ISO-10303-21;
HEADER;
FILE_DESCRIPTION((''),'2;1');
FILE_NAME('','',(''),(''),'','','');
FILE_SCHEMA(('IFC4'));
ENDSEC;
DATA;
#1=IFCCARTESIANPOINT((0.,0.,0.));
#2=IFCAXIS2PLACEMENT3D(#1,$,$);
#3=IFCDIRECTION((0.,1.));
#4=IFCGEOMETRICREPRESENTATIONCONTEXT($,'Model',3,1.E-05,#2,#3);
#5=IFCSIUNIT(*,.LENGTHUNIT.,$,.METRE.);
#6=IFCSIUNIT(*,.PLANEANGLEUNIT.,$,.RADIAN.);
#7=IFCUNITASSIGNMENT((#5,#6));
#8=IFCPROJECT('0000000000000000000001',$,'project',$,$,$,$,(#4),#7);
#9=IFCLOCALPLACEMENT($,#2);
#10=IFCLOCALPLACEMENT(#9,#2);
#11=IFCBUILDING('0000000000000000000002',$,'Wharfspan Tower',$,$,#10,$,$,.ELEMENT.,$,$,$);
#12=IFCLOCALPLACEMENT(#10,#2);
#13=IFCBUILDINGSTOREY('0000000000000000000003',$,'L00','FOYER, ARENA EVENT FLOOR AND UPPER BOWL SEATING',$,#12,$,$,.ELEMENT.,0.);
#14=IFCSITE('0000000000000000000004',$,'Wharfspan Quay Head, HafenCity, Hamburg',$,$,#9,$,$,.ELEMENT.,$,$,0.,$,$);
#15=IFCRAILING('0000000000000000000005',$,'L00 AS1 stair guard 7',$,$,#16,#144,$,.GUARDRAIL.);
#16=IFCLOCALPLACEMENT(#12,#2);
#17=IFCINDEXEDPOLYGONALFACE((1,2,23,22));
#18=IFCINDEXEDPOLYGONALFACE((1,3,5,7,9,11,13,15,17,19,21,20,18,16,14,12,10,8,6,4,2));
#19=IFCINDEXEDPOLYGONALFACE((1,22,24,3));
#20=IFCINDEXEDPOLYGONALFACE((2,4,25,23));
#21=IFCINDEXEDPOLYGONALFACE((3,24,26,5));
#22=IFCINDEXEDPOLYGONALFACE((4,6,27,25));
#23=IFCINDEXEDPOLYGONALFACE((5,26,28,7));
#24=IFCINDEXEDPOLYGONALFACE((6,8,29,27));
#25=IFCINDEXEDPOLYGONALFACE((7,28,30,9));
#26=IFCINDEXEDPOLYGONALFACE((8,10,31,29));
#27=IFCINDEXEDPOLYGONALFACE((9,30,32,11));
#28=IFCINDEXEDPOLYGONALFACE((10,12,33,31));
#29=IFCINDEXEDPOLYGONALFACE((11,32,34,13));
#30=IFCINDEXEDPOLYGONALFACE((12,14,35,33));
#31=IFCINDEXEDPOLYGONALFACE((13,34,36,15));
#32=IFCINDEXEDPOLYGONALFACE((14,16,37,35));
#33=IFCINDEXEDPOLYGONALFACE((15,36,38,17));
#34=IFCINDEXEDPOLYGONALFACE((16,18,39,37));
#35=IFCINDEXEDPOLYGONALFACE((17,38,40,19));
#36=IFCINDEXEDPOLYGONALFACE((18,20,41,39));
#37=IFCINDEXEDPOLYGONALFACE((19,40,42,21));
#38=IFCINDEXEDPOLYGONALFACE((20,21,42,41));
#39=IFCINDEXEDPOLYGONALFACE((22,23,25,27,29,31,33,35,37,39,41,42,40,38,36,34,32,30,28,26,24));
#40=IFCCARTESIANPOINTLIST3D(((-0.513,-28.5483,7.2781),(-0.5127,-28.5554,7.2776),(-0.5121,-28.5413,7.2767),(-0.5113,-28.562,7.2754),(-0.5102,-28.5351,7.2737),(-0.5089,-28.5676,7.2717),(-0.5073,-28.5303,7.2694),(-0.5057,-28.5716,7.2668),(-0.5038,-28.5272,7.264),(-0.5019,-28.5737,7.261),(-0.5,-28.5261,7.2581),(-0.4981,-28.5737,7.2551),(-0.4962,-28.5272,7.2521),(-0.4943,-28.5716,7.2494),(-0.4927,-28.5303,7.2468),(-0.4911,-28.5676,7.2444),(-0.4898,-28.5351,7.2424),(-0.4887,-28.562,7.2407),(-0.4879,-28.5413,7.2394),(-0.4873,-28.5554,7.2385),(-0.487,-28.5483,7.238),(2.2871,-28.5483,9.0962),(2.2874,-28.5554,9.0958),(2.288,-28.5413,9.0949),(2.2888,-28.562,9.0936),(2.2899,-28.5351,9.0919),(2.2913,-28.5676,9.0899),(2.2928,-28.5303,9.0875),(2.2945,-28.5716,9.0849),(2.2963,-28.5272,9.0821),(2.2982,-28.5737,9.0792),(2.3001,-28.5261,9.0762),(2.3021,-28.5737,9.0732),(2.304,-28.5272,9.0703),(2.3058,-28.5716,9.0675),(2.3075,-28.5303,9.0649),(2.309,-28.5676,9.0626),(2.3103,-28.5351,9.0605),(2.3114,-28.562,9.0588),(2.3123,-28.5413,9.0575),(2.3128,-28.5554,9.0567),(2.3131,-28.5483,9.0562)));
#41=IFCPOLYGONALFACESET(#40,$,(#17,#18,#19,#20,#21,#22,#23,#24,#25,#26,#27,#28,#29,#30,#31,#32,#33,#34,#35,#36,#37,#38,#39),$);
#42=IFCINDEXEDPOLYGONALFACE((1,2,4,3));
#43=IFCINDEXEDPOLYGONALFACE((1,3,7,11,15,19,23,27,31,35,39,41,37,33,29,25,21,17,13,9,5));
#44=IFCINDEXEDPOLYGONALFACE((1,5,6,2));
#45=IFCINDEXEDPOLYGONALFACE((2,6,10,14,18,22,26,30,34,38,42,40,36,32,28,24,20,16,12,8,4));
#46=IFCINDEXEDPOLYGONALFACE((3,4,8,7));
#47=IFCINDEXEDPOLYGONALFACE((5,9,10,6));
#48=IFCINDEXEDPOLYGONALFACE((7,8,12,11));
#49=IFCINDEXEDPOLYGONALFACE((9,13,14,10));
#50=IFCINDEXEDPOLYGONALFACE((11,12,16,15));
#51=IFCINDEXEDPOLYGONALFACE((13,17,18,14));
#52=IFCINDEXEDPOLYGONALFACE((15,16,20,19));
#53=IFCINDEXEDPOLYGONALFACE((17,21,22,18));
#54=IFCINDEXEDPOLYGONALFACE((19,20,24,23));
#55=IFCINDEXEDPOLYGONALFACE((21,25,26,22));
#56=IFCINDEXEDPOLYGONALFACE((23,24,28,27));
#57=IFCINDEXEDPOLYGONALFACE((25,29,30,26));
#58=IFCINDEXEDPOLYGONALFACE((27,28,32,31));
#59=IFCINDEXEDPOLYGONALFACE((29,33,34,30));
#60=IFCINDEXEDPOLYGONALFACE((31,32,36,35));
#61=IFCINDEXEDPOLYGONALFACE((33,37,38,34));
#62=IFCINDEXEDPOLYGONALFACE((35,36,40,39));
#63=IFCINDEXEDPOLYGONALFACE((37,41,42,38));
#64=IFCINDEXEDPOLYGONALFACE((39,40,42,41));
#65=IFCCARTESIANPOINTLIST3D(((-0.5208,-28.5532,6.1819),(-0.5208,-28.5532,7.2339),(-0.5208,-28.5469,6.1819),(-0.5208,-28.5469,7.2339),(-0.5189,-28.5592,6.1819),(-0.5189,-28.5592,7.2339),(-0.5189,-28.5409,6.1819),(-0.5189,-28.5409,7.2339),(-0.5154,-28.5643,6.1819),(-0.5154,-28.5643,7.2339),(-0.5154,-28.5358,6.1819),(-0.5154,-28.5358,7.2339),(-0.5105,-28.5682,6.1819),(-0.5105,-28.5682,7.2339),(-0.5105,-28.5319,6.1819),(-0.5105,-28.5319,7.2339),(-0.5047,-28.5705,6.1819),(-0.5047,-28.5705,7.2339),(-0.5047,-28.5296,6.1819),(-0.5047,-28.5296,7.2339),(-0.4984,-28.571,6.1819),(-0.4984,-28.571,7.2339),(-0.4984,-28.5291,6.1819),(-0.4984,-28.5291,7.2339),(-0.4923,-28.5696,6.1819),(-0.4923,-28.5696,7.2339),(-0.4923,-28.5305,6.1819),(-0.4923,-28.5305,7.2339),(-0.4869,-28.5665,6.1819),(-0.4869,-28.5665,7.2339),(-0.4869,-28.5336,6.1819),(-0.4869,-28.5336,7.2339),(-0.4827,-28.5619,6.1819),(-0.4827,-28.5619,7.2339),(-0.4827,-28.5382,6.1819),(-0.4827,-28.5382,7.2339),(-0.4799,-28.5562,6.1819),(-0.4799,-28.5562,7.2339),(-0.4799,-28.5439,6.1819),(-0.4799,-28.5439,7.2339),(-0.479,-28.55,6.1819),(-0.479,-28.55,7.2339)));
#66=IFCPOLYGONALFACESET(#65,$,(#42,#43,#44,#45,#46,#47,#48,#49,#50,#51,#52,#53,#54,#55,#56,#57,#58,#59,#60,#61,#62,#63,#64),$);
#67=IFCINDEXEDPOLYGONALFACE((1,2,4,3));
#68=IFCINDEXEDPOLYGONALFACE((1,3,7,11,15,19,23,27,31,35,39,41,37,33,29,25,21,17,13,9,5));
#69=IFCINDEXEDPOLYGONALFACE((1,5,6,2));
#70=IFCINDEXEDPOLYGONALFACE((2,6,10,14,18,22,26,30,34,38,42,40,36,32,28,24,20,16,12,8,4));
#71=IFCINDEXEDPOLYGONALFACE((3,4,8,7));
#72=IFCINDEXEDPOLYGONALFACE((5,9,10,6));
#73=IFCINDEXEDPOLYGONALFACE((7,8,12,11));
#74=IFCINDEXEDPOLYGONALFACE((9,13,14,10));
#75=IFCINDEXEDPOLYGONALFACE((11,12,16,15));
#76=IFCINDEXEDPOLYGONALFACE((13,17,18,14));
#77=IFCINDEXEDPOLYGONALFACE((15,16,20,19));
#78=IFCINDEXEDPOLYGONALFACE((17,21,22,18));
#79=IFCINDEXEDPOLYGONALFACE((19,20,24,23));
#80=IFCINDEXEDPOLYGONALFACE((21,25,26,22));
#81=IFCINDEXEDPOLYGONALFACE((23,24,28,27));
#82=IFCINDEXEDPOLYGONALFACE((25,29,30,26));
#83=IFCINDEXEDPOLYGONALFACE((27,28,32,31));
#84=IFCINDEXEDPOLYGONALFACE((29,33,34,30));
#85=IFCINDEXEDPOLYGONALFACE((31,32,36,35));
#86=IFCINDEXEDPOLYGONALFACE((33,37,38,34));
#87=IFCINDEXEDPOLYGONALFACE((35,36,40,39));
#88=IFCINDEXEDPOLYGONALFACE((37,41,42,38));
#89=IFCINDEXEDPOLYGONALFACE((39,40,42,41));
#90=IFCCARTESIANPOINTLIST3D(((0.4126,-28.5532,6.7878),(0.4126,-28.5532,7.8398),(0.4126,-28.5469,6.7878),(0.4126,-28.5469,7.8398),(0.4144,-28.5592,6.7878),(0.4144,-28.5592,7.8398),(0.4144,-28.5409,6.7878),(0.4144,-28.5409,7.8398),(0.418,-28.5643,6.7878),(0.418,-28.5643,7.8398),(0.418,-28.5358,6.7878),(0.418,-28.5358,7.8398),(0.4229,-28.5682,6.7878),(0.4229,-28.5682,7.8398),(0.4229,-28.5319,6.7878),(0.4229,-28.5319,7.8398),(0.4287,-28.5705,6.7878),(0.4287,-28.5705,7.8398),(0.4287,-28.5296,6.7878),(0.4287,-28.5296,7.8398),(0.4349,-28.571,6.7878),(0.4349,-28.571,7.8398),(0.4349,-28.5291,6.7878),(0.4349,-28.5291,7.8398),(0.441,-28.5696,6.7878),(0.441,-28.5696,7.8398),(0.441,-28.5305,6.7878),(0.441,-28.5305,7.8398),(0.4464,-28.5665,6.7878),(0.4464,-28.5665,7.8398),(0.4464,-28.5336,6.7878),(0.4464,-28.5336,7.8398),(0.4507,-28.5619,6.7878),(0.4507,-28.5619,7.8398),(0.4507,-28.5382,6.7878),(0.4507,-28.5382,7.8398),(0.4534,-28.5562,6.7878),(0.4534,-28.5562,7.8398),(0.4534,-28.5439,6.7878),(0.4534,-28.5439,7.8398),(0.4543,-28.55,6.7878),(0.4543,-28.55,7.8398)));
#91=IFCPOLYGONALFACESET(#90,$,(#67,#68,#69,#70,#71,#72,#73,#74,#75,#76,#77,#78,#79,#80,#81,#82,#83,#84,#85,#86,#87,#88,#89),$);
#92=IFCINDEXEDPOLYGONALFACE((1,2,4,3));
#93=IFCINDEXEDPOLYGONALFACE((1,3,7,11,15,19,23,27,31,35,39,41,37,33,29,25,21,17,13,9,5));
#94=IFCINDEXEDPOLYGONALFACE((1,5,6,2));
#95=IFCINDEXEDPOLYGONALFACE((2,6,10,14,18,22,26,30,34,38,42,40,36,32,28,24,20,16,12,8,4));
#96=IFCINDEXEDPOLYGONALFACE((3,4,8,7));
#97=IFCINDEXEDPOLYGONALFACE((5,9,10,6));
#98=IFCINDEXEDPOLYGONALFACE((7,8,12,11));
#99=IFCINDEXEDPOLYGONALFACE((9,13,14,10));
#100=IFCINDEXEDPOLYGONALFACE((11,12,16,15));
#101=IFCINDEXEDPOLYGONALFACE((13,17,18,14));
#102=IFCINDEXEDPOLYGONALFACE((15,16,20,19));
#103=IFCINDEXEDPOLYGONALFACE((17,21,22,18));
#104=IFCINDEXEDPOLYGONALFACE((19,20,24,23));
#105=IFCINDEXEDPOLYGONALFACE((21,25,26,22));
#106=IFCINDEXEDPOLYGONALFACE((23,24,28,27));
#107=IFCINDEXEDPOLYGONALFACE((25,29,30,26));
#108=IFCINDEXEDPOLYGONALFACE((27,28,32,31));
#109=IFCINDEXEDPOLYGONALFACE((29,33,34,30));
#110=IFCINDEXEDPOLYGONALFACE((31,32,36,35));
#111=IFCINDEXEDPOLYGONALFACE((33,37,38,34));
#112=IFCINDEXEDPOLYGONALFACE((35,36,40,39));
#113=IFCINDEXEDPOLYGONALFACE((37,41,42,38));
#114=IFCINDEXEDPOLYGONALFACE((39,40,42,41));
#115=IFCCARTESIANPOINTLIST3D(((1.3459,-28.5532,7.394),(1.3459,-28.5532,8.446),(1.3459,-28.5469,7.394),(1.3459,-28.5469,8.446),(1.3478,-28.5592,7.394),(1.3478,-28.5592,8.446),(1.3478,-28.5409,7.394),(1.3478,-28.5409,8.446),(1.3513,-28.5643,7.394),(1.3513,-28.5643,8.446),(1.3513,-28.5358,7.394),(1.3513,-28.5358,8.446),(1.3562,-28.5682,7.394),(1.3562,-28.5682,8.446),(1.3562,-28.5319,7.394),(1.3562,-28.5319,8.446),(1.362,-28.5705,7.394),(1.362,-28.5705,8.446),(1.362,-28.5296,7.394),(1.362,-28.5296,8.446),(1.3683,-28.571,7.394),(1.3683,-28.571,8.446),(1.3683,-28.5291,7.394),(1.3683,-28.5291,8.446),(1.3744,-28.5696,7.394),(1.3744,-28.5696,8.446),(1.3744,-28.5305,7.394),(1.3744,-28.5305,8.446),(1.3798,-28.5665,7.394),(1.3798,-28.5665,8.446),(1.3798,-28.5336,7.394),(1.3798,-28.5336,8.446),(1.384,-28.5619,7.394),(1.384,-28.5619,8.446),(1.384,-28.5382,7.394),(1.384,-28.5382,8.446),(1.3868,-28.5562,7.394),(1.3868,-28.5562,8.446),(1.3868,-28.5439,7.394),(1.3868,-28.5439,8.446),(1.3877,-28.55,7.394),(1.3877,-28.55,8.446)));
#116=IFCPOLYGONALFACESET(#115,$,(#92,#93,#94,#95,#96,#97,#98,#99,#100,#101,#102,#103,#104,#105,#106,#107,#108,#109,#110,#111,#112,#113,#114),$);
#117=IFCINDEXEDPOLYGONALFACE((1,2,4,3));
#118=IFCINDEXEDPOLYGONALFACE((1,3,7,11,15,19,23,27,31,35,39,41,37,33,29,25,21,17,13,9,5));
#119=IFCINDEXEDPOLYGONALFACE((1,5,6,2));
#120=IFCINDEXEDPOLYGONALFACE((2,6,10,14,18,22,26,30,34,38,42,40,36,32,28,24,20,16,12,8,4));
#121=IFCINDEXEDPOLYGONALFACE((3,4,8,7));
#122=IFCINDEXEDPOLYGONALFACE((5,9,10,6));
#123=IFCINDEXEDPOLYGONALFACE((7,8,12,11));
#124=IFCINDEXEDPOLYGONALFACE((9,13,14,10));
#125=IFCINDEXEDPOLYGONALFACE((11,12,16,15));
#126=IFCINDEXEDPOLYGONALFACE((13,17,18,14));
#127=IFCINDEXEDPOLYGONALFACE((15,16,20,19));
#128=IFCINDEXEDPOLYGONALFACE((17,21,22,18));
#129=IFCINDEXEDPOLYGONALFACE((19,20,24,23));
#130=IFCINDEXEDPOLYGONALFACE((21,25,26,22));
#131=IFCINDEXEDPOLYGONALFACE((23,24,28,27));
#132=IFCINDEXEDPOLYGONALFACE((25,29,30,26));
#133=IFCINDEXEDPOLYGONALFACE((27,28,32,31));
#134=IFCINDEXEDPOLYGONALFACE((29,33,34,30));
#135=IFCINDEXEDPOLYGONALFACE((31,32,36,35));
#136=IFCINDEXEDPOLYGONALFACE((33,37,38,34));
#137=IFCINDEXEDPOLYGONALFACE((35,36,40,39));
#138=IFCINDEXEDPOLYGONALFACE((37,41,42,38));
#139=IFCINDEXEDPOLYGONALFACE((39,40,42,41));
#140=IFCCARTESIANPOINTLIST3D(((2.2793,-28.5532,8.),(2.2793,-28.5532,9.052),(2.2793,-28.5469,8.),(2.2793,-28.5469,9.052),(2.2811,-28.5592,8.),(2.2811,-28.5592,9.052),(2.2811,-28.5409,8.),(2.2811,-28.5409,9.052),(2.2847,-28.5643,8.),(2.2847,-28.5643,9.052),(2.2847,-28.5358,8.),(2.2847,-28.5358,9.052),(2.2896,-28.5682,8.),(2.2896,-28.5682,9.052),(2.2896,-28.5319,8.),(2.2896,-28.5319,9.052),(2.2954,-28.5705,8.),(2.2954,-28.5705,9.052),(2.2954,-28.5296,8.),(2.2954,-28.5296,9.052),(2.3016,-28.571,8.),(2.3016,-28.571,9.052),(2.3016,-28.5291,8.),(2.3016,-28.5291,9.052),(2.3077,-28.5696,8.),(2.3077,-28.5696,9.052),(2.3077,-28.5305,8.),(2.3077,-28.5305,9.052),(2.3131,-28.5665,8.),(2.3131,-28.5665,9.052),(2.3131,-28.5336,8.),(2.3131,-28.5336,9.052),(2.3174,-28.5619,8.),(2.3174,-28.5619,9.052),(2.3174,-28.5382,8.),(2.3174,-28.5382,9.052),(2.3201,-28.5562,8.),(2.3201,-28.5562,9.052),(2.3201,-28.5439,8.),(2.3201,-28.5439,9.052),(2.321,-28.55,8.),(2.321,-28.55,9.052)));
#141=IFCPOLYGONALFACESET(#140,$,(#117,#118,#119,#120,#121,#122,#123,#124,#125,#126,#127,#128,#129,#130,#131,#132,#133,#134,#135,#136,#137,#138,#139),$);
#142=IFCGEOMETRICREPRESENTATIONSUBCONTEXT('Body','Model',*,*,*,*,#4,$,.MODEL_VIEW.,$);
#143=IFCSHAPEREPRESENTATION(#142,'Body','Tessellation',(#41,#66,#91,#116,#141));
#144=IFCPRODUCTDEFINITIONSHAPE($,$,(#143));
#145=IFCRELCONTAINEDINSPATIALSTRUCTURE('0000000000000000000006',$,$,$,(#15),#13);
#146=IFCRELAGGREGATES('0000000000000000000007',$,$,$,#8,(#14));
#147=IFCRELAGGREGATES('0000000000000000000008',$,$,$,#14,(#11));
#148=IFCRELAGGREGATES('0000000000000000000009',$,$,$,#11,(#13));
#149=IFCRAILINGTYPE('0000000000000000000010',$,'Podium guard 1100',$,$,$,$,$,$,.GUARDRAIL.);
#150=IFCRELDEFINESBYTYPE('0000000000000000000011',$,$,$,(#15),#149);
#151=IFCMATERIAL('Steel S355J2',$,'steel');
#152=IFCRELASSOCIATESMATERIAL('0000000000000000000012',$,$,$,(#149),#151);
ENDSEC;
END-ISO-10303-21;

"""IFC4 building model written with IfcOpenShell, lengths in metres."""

from ifc_helpers import new_model, si_unit, direction, frame, origin, origin_2d, place, context, subcontext, project, spatial, circle, extrude, material, type_object, element, save


model = new_model("IFC4")

# Units and contexts
model_context = context("Model", 3, precision=1e-05, world=origin(), true_north=direction((0.0, 1.0)))
body_context = subcontext(model_context, "Body", "Model", "MODEL_VIEW")
ifc_project = project(units=[si_unit("LENGTHUNIT", "METRE"), si_unit("PLANEANGLEUNIT", "RADIAN")], contexts=[model_context])

# Site, building, storey
site_placement = place(None, origin())
site = spatial("IfcSite", under=ifc_project, at=site_placement, Name="Wharfspan Quay Head, HafenCity, Hamburg", CompositionType="ELEMENT", RefElevation=0.0)
building_placement = place(site_placement, origin())
building = spatial("IfcBuilding", under=site, at=building_placement, Name="Wharfspan Tower", CompositionType="ELEMENT")
storey_placement = place(building_placement, origin())
storey = spatial("IfcBuildingStorey", under=building, at=storey_placement, Name="L00", Description="FOYER, ARENA EVENT FLOOR AND UPPER BOWL SEATING", CompositionType="ELEMENT", Elevation=0.0)

# Shared definitions
ifc_material_1 = material(Name="Steel S355J2", Category="steel")

# Railing
railing_type_1 = type_object("IfcRailingType", Name="Podium guard 1100", PredefinedType="GUARDRAIL", material=ifc_material_1)
railing_1_placement = place(storey_placement, frame((-0.5, -28.55, 6.1819)))
element("IfcRailing", 1, at=railing_1_placement, inside=storey, type_object=railing_type_1, Name="L00 AS1 stair guard 7", PredefinedType="GUARDRAIL", context=body_context, shape_type="SweptSolid", body=[
    extrude(circle(Radius=0.0239, at=origin_2d()), frame((0.0, 0.0, 1.0762), z_axis=(0.838706, 0.0, 0.544585), x_axis=(0.0, 1.0, 0.0)), (0.0, 0.0, 1.0), 3.3386),
    extrude(circle(Radius=0.021, at=origin_2d()), origin(), (0.0, 0.0, 1.0), 1.052),
    extrude(circle(Radius=0.021, at=origin_2d()), frame((0.9334, 0.0, 0.606)), (0.0, 0.0, 1.0), 1.052),
    extrude(circle(Radius=0.021, at=origin_2d()), frame((1.8667, 0.0, 1.2122)), (0.0, 0.0, 1.0), 1.052),
    extrude(circle(Radius=0.021, at=origin_2d()), frame((2.8, 0.0, 1.8181)), (0.0, 0.0, 1.0), 1.052),
])

save(model, "model.ifc")
